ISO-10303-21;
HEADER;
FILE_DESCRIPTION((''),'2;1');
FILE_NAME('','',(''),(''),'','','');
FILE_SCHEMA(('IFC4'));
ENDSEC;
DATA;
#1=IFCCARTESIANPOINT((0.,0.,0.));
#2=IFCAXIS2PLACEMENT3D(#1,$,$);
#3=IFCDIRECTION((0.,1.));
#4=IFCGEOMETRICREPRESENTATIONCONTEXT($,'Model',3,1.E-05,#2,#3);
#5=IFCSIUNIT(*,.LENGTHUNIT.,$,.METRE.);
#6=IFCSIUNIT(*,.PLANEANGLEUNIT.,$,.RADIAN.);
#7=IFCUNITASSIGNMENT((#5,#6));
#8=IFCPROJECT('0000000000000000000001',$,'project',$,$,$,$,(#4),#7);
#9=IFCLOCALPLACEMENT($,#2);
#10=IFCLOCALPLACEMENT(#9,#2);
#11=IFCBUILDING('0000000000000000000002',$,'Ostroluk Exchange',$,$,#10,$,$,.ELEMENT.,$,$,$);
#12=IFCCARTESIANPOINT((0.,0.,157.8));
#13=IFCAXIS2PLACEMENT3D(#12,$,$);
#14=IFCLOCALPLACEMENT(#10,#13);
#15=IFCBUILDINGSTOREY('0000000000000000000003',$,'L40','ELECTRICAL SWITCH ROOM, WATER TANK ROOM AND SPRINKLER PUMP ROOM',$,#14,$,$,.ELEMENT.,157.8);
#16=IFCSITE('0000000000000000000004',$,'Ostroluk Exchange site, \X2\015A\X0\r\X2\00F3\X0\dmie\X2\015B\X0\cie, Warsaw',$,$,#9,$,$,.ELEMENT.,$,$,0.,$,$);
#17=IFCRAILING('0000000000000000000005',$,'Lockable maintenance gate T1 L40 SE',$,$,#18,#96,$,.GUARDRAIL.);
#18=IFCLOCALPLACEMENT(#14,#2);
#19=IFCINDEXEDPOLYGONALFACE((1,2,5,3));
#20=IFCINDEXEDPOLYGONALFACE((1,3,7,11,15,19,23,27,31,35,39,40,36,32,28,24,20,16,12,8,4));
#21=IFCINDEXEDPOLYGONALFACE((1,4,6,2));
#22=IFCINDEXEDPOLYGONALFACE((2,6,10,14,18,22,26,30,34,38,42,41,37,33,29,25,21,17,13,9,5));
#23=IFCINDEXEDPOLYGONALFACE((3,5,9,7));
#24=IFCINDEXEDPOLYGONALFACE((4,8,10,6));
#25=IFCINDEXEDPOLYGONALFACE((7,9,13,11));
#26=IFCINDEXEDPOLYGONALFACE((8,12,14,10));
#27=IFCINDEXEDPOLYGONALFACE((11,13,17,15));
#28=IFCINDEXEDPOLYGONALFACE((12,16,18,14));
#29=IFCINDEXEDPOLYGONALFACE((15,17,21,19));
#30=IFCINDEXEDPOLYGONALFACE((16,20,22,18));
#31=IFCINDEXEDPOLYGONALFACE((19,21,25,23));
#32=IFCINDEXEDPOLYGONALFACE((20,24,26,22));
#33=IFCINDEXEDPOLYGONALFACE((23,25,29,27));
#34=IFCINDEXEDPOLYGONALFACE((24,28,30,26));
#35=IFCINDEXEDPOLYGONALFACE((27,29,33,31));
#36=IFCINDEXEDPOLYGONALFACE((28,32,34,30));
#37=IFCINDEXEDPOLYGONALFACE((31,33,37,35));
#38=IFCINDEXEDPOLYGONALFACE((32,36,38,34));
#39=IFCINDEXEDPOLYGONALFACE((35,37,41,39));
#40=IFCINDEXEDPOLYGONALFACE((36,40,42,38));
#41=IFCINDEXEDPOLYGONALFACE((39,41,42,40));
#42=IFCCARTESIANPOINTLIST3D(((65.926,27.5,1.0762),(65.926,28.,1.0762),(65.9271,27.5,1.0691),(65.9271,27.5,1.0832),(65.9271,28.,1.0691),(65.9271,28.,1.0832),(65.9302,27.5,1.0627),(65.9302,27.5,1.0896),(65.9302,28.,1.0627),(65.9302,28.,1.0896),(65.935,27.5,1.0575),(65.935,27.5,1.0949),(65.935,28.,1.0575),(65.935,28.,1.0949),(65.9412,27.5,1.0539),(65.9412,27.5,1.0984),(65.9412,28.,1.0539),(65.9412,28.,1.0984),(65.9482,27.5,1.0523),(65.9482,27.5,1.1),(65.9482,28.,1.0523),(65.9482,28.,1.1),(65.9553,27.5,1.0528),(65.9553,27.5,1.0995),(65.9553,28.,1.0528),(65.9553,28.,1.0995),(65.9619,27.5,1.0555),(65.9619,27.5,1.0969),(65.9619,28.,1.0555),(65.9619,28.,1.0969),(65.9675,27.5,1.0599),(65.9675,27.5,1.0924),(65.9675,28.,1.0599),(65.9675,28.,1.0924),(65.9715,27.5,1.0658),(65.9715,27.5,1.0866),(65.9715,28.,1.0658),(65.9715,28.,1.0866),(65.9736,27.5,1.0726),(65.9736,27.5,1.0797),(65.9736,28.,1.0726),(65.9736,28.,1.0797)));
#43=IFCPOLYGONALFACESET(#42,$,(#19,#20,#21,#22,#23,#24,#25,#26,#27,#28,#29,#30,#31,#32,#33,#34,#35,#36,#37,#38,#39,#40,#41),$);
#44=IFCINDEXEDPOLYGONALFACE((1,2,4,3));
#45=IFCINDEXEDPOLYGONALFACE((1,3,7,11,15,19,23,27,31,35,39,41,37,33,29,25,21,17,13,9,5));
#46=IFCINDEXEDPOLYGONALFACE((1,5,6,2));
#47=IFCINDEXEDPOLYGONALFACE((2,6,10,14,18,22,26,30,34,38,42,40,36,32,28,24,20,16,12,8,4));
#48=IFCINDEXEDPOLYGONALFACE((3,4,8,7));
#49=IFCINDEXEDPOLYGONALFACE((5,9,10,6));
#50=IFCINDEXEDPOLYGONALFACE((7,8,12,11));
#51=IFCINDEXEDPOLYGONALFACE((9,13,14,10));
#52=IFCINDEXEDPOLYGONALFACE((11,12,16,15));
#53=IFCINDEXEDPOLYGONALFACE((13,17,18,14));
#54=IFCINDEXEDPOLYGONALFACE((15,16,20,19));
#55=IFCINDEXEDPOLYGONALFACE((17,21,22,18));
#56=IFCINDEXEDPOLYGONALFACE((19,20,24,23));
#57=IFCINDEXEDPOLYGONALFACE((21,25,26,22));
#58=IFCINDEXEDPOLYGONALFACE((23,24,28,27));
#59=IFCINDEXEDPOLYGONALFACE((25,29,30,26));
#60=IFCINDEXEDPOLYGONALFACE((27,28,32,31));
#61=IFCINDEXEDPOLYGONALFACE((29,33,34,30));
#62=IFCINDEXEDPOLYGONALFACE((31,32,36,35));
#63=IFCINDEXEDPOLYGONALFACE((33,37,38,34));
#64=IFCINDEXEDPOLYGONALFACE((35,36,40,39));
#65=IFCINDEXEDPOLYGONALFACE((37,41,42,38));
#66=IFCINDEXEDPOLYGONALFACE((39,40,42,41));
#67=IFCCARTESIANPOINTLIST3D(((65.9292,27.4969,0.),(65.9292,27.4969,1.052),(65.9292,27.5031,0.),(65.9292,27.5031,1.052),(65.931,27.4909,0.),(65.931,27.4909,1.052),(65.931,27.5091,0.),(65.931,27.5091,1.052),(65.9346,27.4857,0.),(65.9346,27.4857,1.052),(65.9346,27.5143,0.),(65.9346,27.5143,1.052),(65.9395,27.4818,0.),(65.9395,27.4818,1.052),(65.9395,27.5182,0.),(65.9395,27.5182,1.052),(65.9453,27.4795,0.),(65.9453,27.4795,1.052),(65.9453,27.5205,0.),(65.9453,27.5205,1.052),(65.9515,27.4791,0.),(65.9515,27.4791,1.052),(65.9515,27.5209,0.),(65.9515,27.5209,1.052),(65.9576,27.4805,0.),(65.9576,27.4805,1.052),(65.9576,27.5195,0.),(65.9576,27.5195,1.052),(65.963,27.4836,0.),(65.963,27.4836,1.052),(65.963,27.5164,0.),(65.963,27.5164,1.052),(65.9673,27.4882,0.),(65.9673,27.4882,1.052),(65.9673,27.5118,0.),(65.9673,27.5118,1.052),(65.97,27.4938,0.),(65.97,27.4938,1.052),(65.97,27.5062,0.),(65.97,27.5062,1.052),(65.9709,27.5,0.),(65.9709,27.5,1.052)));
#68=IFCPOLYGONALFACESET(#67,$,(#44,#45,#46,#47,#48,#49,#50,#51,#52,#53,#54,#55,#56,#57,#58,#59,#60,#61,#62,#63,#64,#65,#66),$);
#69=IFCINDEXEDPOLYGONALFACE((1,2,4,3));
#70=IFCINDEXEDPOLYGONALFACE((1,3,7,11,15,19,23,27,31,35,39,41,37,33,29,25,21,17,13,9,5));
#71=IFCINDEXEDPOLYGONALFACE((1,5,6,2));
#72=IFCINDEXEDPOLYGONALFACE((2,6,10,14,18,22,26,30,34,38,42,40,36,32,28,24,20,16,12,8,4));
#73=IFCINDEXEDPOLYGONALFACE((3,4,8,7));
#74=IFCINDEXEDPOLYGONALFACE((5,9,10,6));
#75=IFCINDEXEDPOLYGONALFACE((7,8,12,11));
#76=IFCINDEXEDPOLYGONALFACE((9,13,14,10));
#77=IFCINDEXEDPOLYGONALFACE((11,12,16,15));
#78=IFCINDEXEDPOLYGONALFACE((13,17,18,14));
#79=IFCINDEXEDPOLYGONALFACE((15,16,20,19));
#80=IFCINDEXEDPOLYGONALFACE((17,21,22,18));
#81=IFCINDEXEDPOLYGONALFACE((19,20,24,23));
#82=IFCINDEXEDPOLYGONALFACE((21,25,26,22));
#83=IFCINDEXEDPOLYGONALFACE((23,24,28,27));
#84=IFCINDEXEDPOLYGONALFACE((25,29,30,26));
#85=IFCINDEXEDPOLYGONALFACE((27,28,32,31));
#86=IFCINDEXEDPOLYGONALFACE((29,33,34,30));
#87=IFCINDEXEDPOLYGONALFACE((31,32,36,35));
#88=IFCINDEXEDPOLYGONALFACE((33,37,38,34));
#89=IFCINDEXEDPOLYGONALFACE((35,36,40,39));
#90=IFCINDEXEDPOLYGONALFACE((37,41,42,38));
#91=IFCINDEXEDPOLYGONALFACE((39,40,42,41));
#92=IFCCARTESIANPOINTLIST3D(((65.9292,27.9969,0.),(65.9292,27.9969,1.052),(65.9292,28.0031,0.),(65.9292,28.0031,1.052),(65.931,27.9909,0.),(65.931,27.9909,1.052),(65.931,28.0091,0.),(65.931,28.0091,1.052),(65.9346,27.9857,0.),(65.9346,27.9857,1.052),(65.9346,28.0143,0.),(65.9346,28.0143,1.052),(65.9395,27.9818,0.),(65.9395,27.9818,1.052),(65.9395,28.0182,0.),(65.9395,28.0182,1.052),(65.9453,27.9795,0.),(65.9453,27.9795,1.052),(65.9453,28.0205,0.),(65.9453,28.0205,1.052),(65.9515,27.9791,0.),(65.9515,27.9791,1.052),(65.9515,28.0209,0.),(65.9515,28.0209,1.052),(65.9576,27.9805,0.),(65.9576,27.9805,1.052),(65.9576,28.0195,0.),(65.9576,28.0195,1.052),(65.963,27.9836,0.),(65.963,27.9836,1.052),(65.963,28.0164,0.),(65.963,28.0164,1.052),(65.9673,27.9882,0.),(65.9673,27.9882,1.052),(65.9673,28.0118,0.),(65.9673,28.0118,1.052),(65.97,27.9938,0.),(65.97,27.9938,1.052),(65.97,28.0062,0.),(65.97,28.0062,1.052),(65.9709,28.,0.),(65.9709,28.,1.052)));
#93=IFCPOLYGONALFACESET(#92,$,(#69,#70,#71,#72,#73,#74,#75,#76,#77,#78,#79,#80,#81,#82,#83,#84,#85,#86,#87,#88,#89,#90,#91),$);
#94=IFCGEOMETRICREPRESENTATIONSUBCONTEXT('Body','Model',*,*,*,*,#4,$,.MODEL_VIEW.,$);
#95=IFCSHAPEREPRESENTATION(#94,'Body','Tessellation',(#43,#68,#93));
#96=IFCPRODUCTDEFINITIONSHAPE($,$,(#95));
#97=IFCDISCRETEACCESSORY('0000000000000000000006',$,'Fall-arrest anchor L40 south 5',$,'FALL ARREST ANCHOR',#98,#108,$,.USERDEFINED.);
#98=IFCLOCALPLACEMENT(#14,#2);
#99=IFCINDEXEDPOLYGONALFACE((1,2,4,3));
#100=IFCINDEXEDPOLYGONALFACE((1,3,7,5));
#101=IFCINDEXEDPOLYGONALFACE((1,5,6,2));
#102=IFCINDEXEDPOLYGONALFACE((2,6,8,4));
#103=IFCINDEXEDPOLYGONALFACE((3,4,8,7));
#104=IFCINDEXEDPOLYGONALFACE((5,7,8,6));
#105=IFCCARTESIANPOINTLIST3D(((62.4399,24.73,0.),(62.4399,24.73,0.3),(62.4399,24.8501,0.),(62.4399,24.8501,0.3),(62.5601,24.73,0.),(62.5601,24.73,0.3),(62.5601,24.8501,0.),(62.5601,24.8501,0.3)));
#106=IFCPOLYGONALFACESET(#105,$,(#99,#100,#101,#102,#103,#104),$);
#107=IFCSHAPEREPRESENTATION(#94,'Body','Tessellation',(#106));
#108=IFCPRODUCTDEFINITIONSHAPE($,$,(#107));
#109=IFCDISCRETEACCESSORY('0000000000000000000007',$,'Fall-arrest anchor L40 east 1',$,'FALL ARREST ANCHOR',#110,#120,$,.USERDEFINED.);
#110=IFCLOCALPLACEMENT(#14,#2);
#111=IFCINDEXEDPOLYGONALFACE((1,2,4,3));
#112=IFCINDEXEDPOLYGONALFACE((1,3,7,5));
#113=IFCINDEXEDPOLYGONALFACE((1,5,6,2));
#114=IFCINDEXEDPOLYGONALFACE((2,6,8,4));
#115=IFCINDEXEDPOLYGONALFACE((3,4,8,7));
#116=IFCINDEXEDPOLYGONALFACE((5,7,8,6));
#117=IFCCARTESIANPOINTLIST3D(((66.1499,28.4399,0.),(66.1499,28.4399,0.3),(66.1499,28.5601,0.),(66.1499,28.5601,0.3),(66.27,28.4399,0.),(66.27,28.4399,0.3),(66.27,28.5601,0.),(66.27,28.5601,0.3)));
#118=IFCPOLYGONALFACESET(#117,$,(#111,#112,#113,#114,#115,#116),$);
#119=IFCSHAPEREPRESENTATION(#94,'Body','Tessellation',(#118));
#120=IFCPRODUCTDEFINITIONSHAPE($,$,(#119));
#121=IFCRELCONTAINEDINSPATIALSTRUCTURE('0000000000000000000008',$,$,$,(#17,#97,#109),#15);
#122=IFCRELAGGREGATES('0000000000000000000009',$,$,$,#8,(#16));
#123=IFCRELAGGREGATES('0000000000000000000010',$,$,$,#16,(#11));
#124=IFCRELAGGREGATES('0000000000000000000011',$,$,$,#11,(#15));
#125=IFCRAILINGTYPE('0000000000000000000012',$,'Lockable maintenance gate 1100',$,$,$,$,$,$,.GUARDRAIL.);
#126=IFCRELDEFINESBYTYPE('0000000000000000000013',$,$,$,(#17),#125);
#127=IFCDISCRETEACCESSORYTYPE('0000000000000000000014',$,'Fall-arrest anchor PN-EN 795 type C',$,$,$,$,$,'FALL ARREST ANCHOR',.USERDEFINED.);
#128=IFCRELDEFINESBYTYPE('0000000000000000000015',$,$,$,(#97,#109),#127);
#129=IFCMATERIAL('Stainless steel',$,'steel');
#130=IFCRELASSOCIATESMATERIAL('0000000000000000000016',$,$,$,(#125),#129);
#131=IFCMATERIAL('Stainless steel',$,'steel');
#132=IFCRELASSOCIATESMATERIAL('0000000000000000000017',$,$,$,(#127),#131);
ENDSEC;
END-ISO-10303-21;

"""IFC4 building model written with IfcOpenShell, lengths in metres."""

from ifc_helpers import new_model, si_unit, direction, frame, origin, origin_2d, place, context, subcontext, project, spatial, rectangle, circle, extrude, material, type_object, element, save


model = new_model("IFC4")

# Units and contexts
model_context = context("Model", 3, precision=1e-05, world=origin(), true_north=direction((0.0, 1.0)))
body_context = subcontext(model_context, "Body", "Model", "MODEL_VIEW")
ifc_project = project(units=[si_unit("LENGTHUNIT", "METRE"), si_unit("PLANEANGLEUNIT", "RADIAN")], contexts=[model_context])

# Site, building, storey
site_placement = place(None, origin())
site = spatial("IfcSite", under=ifc_project, at=site_placement, Name="Ostroluk Exchange site, Śródmieście, Warsaw", CompositionType="ELEMENT", RefElevation=0.0)
building_placement = place(site_placement, origin())
building = spatial("IfcBuilding", under=site, at=building_placement, Name="Ostroluk Exchange", CompositionType="ELEMENT")
storey_placement = place(building_placement, frame((0.0, 0.0, 157.8)))
storey = spatial("IfcBuildingStorey", under=building, at=storey_placement, Name="L40", Description="ELECTRICAL SWITCH ROOM, WATER TANK ROOM AND SPRINKLER PUMP ROOM", CompositionType="ELEMENT", Elevation=157.8)

# Railing
ifc_material_1 = material(Name="Stainless steel", Category="steel")
railing_type_1 = type_object("IfcRailingType", Name="Lockable maintenance gate 1100", PredefinedType="GUARDRAIL", material=ifc_material_1)
railing_1_placement = place(storey_placement, frame((65.95, 27.5, 0.0)))
element("IfcRailing", 1, at=railing_1_placement, inside=storey, type_object=railing_type_1, Name="Lockable maintenance gate T1 L40 SE", PredefinedType="GUARDRAIL", context=body_context, shape_type="SweptSolid", body=[
    extrude(circle(Radius=0.0239, at=origin_2d()), frame((0.0, 0.0, 1.0762), z_axis=(0.0, 1.0, 0.0), x_axis=(-1.0, 0.0, 0.0)), (0.0, 0.0, 1.0), 0.5),
    extrude(circle(Radius=0.021, at=origin_2d()), origin(), (0.0, 0.0, 1.0), 1.052),
    extrude(circle(Radius=0.021, at=origin_2d()), frame((0.0, 0.5, 0.0)), (0.0, 0.0, 1.0), 1.052),
])

# Discrete accessories
ifc_material_2 = material(Name="Stainless steel", Category="steel")
discrete_accessory_type = type_object("IfcDiscreteAccessoryType", Name="Fall-arrest anchor PN-EN 795 type C", ElementType="FALL ARREST ANCHOR", PredefinedType="USERDEFINED", material=ifc_material_2)
for number, where, z_axis, x_axis, name in (
    (2, (62.5, 24.79, 0.0), (0.0, 0.0, 1.0), (1.0, 0.0, 0.0), "Fall-arrest anchor L40 south 5"),
    (3, (66.21, 28.5, 0.0), (0.0, 0.0, 1.0), (1.0, 0.0, 0.0), "Fall-arrest anchor L40 east 1"),
):
    element("IfcDiscreteAccessory", number, at=place(storey_placement, frame(where, z_axis=z_axis, x_axis=x_axis)), inside=storey, type_object=discrete_accessory_type, Name=name, ObjectType="FALL ARREST ANCHOR", PredefinedType="USERDEFINED", context=body_context, shape_type="SweptSolid", body=[
        extrude(rectangle(XDim=0.1201, YDim=0.1201, at=origin_2d()), origin(), (0.0, 0.0, 1.0), 0.3),
    ])

save(model, "model.ifc")
